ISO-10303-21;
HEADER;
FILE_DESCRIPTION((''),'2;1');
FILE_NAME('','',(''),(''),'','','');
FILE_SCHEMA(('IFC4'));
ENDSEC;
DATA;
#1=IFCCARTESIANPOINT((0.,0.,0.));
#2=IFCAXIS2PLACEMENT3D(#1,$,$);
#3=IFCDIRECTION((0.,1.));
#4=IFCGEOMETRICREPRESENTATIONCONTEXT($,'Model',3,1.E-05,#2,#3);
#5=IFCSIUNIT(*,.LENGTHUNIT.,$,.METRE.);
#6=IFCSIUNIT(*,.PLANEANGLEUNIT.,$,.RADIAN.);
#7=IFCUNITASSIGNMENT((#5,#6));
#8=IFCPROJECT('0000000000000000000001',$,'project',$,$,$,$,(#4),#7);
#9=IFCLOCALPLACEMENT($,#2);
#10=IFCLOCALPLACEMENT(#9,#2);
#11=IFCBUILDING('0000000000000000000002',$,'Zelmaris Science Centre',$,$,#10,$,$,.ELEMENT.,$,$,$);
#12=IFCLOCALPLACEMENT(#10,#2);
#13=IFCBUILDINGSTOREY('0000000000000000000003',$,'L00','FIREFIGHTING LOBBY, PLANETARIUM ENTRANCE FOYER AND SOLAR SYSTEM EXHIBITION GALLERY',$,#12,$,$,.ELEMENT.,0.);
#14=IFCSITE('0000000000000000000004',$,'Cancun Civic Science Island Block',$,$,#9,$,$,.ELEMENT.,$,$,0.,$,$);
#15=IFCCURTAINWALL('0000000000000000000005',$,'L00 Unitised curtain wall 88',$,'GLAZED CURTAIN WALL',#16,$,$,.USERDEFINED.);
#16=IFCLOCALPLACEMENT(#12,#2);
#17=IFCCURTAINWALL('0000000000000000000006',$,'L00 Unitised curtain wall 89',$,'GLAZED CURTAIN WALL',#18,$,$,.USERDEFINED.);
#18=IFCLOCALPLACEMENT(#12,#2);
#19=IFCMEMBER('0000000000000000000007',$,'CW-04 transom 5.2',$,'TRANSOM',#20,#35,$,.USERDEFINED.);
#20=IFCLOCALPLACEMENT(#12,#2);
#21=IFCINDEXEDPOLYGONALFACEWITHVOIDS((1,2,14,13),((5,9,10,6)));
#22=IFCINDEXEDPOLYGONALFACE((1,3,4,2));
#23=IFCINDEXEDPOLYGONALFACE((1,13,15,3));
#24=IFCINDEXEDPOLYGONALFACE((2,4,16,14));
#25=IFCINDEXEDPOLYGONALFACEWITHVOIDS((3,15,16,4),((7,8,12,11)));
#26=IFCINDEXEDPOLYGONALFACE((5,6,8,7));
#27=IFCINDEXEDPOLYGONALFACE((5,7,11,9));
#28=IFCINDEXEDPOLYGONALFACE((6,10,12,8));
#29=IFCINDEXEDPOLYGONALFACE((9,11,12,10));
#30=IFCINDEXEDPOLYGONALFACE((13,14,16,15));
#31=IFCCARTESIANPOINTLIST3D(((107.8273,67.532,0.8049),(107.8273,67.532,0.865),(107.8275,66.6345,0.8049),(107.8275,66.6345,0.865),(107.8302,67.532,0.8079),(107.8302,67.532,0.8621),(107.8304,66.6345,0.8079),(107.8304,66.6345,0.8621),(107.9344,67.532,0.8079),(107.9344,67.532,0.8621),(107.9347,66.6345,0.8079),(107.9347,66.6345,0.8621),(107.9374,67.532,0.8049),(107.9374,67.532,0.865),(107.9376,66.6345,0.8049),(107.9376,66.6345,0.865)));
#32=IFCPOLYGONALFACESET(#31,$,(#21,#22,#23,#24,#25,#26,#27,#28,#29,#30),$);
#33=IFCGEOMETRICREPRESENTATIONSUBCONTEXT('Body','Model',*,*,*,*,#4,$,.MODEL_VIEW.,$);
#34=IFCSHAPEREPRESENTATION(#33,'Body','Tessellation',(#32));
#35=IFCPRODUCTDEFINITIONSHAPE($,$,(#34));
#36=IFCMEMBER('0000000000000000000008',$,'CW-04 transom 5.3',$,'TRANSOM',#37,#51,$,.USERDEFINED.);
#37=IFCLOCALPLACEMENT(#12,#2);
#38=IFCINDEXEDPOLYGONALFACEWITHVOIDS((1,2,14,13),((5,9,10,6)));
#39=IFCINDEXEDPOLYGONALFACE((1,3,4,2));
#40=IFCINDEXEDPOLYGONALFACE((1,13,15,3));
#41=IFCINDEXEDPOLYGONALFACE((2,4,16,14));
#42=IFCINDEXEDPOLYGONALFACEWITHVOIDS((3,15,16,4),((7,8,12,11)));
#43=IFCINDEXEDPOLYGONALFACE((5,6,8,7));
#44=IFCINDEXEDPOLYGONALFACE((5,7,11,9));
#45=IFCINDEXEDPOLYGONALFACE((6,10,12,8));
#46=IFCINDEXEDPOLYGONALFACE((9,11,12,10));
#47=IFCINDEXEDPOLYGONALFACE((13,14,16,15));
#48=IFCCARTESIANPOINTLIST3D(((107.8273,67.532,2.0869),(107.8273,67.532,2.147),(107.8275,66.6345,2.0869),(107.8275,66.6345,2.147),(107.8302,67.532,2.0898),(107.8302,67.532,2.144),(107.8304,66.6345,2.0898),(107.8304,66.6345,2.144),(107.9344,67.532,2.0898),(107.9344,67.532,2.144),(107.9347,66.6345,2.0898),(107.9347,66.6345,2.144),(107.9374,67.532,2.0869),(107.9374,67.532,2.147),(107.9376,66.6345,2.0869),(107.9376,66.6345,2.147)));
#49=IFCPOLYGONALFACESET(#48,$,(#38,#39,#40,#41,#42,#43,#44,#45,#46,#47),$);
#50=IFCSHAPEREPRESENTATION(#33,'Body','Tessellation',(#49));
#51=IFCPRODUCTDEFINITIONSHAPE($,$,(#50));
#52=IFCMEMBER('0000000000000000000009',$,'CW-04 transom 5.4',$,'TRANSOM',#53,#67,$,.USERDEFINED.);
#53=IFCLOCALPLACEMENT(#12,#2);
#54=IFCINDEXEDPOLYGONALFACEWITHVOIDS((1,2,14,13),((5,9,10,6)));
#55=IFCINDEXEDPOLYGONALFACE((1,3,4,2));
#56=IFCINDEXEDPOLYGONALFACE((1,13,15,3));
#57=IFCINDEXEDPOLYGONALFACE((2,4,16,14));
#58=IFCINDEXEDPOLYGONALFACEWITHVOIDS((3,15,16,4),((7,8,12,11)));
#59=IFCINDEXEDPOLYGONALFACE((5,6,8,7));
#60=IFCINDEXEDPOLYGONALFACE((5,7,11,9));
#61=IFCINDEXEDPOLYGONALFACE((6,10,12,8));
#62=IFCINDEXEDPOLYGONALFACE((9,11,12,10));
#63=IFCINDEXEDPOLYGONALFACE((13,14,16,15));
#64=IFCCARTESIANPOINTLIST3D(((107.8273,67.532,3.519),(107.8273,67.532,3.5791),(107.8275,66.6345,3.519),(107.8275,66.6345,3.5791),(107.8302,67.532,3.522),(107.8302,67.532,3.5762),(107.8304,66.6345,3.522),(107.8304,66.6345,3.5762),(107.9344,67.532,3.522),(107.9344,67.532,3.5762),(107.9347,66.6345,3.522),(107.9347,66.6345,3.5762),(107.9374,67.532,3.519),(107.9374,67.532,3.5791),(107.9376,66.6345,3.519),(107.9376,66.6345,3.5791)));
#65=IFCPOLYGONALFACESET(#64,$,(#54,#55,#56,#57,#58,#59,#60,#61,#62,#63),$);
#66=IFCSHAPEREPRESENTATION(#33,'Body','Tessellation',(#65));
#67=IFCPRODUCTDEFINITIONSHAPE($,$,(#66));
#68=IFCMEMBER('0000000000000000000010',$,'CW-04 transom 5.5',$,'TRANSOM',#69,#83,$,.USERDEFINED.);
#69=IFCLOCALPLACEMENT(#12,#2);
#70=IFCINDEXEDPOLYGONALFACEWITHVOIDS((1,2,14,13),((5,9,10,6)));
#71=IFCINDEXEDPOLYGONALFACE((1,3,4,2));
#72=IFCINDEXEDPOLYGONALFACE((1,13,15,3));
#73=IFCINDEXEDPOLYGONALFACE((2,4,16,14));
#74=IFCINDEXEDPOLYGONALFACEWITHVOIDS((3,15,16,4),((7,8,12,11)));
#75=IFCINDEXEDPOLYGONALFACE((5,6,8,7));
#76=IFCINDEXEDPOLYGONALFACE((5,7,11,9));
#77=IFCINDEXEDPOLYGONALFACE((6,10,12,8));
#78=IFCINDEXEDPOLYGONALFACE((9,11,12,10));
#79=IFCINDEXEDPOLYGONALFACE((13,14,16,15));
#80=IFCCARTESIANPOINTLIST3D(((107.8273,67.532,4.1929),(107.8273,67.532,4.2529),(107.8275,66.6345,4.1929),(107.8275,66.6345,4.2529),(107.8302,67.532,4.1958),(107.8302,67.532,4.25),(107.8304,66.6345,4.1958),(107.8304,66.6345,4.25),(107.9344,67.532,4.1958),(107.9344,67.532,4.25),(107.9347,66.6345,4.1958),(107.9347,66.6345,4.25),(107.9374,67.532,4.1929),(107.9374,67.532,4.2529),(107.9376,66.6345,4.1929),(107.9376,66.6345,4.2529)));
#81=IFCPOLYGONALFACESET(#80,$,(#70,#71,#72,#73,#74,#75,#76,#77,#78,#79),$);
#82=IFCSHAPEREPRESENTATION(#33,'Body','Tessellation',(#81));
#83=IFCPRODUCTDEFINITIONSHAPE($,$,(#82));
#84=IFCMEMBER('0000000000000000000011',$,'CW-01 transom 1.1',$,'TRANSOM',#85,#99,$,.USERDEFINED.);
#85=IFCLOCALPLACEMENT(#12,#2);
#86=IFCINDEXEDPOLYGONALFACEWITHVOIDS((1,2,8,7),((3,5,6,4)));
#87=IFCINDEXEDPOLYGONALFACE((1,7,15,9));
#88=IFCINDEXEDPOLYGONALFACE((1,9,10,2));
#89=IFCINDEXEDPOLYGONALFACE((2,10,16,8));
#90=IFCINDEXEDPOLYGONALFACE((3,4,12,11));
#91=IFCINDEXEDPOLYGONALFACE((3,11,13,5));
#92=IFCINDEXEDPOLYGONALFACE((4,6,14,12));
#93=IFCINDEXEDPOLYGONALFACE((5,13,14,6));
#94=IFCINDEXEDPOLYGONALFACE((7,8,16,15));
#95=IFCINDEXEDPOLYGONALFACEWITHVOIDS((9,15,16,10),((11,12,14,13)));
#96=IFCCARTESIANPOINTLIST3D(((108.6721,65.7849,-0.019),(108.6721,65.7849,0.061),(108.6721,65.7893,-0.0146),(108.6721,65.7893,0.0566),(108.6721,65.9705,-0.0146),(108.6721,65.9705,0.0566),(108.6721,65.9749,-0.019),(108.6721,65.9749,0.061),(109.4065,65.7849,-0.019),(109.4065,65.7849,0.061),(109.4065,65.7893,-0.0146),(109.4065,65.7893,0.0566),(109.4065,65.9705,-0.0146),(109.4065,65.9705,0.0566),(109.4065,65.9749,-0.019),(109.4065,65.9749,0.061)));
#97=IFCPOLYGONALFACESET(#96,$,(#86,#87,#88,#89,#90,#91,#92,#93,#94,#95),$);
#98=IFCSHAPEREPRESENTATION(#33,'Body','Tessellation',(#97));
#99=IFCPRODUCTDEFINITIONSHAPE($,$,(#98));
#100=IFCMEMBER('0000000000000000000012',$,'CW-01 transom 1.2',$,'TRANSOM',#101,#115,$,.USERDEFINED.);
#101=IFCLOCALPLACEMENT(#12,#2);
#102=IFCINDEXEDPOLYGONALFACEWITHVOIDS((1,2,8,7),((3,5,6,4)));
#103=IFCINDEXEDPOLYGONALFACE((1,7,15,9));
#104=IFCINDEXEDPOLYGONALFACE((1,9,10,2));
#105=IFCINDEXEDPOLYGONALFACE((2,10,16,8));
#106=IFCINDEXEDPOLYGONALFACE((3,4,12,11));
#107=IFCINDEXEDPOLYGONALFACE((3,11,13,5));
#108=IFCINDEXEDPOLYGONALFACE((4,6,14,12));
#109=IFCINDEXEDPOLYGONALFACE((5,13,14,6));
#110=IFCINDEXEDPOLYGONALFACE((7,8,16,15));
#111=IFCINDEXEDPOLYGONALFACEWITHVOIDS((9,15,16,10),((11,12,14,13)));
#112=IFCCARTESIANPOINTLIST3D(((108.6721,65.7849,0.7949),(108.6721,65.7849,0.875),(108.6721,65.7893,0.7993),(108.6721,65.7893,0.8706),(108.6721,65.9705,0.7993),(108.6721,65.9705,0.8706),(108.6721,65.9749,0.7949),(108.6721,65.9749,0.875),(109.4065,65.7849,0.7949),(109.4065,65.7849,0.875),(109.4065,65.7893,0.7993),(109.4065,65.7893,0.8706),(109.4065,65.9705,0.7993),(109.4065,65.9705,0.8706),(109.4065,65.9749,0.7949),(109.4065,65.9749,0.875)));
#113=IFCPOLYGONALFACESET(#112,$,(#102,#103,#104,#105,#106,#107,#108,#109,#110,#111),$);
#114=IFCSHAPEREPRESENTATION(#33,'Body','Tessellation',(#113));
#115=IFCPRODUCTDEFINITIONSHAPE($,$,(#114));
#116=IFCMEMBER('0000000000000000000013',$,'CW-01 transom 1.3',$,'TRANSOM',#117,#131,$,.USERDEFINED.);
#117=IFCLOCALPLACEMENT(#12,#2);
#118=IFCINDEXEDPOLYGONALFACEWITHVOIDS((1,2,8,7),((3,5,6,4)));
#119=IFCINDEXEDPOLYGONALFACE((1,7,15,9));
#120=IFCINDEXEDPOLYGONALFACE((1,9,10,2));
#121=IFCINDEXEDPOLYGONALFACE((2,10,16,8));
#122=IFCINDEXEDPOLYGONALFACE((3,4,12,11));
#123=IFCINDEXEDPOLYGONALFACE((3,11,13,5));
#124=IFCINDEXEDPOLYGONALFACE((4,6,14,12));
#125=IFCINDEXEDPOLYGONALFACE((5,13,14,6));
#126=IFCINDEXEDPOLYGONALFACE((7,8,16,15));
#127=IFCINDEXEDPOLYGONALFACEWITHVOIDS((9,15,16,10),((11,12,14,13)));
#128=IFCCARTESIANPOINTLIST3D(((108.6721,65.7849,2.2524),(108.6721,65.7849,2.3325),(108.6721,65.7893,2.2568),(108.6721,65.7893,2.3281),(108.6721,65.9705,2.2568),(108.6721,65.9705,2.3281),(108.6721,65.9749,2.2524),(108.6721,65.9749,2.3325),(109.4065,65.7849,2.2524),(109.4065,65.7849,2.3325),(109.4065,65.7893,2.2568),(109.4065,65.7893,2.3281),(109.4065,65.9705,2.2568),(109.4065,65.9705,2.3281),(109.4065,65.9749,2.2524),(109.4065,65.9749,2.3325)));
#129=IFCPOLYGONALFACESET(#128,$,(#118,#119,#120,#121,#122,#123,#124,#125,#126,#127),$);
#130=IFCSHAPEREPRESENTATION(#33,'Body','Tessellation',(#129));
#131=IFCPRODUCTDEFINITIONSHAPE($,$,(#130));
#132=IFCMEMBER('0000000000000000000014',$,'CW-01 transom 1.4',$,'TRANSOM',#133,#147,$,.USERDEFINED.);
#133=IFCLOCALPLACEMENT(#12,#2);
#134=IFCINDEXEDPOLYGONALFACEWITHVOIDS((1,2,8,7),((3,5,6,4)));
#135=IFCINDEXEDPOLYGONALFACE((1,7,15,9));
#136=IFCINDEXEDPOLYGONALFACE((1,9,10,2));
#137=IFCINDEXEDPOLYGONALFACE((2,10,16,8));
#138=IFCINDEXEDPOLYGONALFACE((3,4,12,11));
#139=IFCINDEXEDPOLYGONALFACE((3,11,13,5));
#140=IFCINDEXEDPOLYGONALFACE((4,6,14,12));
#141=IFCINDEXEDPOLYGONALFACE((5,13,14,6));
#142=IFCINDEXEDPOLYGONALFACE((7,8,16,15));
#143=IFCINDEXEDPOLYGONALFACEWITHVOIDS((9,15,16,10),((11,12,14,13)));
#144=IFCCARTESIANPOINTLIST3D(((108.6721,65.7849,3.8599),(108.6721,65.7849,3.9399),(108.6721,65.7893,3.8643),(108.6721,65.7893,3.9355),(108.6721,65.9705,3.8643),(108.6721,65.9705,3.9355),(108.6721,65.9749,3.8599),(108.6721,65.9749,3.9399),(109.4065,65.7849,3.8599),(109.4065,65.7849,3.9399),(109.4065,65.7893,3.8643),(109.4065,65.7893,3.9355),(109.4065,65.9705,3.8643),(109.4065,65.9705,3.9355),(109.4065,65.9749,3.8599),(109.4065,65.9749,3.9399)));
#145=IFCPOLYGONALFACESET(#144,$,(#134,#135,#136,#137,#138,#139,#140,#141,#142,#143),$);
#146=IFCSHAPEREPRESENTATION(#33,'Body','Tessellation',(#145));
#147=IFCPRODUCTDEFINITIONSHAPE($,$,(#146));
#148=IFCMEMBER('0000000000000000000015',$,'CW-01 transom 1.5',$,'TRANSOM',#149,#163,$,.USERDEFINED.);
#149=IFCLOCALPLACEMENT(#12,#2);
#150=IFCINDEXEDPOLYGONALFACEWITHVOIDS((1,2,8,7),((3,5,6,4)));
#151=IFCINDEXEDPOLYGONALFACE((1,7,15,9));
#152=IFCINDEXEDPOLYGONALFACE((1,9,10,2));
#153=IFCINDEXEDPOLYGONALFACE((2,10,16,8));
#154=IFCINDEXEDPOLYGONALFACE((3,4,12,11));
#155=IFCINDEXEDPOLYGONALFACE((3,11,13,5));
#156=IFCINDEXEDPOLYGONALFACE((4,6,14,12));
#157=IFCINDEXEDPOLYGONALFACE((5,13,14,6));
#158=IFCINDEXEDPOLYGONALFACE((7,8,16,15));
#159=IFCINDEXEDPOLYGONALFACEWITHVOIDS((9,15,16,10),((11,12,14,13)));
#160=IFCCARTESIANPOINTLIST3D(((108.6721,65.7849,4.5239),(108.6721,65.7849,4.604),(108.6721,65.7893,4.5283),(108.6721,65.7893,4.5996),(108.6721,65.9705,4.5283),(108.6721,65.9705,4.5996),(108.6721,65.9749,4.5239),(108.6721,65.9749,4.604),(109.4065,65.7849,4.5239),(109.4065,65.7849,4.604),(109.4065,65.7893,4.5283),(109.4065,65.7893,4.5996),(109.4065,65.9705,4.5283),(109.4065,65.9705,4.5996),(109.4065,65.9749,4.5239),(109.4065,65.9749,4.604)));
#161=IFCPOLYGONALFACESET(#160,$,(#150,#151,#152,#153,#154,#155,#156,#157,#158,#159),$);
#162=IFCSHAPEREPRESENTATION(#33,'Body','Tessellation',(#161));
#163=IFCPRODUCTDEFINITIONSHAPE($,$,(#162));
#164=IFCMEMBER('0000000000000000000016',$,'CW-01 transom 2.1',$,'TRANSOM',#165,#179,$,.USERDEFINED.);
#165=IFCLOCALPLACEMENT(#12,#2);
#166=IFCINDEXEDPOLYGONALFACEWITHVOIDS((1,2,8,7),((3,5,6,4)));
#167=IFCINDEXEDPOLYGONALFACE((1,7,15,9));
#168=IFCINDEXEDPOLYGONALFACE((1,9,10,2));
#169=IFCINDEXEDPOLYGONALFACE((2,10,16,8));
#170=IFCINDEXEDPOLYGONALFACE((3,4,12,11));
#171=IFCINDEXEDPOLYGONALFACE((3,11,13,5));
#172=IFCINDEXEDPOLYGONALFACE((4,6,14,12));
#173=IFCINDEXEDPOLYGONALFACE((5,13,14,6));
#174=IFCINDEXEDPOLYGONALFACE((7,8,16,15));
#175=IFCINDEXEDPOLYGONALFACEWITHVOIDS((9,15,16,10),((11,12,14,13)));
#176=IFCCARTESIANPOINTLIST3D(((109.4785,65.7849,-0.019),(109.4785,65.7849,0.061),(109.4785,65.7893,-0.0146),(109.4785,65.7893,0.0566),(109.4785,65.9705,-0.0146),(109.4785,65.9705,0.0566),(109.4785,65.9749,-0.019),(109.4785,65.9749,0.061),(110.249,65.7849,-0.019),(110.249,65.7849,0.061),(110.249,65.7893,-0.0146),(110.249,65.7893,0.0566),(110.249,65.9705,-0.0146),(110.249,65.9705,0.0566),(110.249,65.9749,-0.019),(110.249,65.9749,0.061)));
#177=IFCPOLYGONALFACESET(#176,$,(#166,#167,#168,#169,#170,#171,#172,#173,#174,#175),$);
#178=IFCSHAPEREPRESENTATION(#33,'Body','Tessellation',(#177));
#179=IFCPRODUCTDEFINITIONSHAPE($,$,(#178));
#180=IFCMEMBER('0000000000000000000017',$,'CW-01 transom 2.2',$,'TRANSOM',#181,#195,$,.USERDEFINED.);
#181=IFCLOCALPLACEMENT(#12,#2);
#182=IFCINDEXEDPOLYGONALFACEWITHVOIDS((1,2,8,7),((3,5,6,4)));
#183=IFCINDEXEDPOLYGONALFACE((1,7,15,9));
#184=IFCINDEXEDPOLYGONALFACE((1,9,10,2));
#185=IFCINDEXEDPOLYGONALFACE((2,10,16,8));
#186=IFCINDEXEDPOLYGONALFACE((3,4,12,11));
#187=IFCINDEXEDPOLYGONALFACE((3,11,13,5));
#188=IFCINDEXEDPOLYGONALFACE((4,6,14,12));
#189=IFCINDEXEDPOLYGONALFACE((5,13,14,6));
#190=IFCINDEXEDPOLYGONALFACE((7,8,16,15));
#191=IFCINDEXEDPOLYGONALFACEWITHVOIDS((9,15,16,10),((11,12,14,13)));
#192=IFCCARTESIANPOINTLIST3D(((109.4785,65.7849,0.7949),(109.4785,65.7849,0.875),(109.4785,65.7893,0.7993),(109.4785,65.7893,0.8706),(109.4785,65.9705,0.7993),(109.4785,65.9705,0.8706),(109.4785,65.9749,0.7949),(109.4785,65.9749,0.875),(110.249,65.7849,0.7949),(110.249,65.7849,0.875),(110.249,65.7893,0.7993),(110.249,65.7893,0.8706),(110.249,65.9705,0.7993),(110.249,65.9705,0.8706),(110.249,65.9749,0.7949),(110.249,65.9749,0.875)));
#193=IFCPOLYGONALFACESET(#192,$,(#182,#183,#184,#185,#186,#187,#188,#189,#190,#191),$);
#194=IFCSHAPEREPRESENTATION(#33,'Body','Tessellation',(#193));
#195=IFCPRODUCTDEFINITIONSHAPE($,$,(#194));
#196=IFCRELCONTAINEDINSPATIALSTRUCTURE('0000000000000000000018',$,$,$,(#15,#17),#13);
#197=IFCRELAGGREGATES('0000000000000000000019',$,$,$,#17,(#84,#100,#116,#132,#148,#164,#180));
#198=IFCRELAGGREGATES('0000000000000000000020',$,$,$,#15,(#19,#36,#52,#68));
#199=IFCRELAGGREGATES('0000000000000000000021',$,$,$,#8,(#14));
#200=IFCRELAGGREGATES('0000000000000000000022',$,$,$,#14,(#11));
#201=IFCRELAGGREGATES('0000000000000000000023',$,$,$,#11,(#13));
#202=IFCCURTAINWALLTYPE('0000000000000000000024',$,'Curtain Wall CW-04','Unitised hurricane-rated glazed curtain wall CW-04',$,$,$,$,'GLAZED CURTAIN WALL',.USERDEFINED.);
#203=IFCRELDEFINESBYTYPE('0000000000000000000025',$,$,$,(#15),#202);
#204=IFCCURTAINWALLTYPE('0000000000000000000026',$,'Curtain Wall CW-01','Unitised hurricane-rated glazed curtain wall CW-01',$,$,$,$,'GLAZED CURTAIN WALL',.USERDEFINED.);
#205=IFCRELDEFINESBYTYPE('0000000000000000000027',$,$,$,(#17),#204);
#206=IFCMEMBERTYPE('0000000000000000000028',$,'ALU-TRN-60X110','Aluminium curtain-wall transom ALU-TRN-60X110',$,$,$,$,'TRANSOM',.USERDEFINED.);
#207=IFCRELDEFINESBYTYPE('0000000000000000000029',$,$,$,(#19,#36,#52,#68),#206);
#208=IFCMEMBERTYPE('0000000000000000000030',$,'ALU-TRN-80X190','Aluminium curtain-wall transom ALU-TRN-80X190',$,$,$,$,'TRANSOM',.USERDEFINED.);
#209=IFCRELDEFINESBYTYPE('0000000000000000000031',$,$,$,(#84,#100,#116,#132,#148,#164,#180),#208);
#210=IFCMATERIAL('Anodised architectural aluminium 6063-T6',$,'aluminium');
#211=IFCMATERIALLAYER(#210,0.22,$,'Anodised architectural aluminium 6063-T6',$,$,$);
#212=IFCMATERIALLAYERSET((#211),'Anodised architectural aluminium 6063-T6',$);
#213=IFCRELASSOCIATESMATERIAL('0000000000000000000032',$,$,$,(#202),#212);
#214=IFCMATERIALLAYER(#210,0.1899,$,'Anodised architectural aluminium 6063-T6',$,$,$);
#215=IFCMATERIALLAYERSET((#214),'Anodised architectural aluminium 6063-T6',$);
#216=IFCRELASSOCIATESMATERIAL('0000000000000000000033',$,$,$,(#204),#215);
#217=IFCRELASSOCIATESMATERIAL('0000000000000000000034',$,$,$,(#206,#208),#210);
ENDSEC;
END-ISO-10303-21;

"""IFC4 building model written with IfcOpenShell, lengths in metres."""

from ifc_helpers import new_model, si_unit, direction, frame, origin, origin_2d, place, context, subcontext, project, spatial, hollow_rectangle, extrude, material, layer, layer_set, material_profile, profile_set, type_object, element, aggregate, save


model = new_model("IFC4")

# Units and contexts
model_context = context("Model", 3, precision=1e-05, world=origin(), true_north=direction((0.0, 1.0)))
body_context = subcontext(model_context, "Body", "Model", "MODEL_VIEW")
ifc_project = project(units=[si_unit("LENGTHUNIT", "METRE"), si_unit("PLANEANGLEUNIT", "RADIAN")], contexts=[model_context])

# Site, building, storey
site_placement = place(None, origin())
site = spatial("IfcSite", under=ifc_project, at=site_placement, Name="Cancun Civic Science Island Block", CompositionType="ELEMENT", RefElevation=0.0)
building_placement = place(site_placement, origin())
building = spatial("IfcBuilding", under=site, at=building_placement, Name="Zelmaris Science Centre", CompositionType="ELEMENT")
storey_placement = place(building_placement, origin())
storey = spatial("IfcBuildingStorey", under=building, at=storey_placement, Name="L00", Description="FIREFIGHTING LOBBY, PLANETARIUM ENTRANCE FOYER AND SOLAR SYSTEM EXHIBITION GALLERY", CompositionType="ELEMENT", Elevation=0.0)

# Curtain walls
ifc_material_1 = material(Name="Anodised architectural aluminium 6063-T6", Category="aluminium")
ifc_layer_1 = layer(ifc_material_1, 0.22, Name="Anodised architectural aluminium 6063-T6")
ifc_layer_set_1 = layer_set([ifc_layer_1], Name="Anodised architectural aluminium 6063-T6")
curtain_wall_type_1 = type_object("IfcCurtainWallType", Name="Curtain Wall CW-04", Description="Unitised hurricane-rated glazed curtain wall CW-04", ElementType="GLAZED CURTAIN WALL", PredefinedType="USERDEFINED", material=ifc_layer_set_1)
curtain_wall_1_placement = place(storey_placement, origin())
curtain_wall_1 = element("IfcCurtainWall", 1, at=curtain_wall_1_placement, inside=storey, type_object=curtain_wall_type_1, Name="L00 Unitised curtain wall 88", ObjectType="GLAZED CURTAIN WALL", PredefinedType="USERDEFINED")
ifc_layer_2 = layer(ifc_material_1, 0.1899, Name="Anodised architectural aluminium 6063-T6")
ifc_layer_set_2 = layer_set([ifc_layer_2], Name="Anodised architectural aluminium 6063-T6")
curtain_wall_type_2 = type_object("IfcCurtainWallType", Name="Curtain Wall CW-01", Description="Unitised hurricane-rated glazed curtain wall CW-01", ElementType="GLAZED CURTAIN WALL", PredefinedType="USERDEFINED", material=ifc_layer_set_2)
curtain_wall_2_placement = place(storey_placement, origin())
curtain_wall_2 = element("IfcCurtainWall", 2, at=curtain_wall_2_placement, inside=storey, type_object=curtain_wall_type_2, Name="L00 Unitised curtain wall 89", ObjectType="GLAZED CURTAIN WALL", PredefinedType="USERDEFINED")

# Members
ifc_material_profile_1 = material_profile(ifc_material_1, hollow_rectangle(XDim=0.0601, YDim=0.1101, WallThickness=0.0029, at=origin_2d()), Name="ALU-TRN-60X110")
ifc_profile_set_1 = profile_set([ifc_material_profile_1], Name="Anodised architectural aluminium 6063-T6")
member_type_1 = type_object("IfcMemberType", Name="ALU-TRN-60X110", Description="Aluminium curtain-wall transom ALU-TRN-60X110", ElementType="TRANSOM", PredefinedType="USERDEFINED", material=ifc_profile_set_1)
member_1_placement = place(storey_placement, frame((107.8823, 67.532, 0.835), z_axis=(0.000272, -1.0, 0.0), x_axis=(0.0, 0.0, 1.0)))
member_1 = element("IfcMember", 3, at=member_1_placement, type_object=member_type_1, Name="CW-04 transom 5.2", ObjectType="TRANSOM", PredefinedType="USERDEFINED", context=body_context, shape_type="SweptSolid", body=[
    extrude(hollow_rectangle(XDim=0.0601, YDim=0.1101, WallThickness=0.0029, at=origin_2d()), origin(), (0.0, 0.0, 1.0), 0.8975),
])
member_2_placement = place(storey_placement, frame((107.8823, 67.532, 2.1169), z_axis=(0.000272, -1.0, 0.0), x_axis=(0.0, 0.0, 1.0)))
member_2 = element("IfcMember", 4, at=member_2_placement, type_object=member_type_1, Name="CW-04 transom 5.3", ObjectType="TRANSOM", PredefinedType="USERDEFINED", context=body_context, shape_type="SweptSolid", body=[
    extrude(hollow_rectangle(XDim=0.0601, YDim=0.1101, WallThickness=0.0029, at=origin_2d()), origin(), (0.0, 0.0, 1.0), 0.8975),
])
member_3_placement = place(storey_placement, frame((107.8823, 67.532, 3.5491), z_axis=(0.000272, -1.0, 0.0), x_axis=(0.0, 0.0, 1.0)))
member_3 = element("IfcMember", 5, at=member_3_placement, type_object=member_type_1, Name="CW-04 transom 5.4", ObjectType="TRANSOM", PredefinedType="USERDEFINED", context=body_context, shape_type="SweptSolid", body=[
    extrude(hollow_rectangle(XDim=0.0601, YDim=0.1101, WallThickness=0.0029, at=origin_2d()), origin(), (0.0, 0.0, 1.0), 0.8975),
])
member_4_placement = place(storey_placement, frame((107.8823, 67.532, 4.2229), z_axis=(0.000272, -1.0, 0.0), x_axis=(0.0, 0.0, 1.0)))
member_4 = element("IfcMember", 6, at=member_4_placement, type_object=member_type_1, Name="CW-04 transom 5.5", ObjectType="TRANSOM", PredefinedType="USERDEFINED", context=body_context, shape_type="SweptSolid", body=[
    extrude(hollow_rectangle(XDim=0.0601, YDim=0.1101, WallThickness=0.0029, at=origin_2d()), origin(), (0.0, 0.0, 1.0), 0.8975),
])
ifc_material_profile_2 = material_profile(ifc_material_1, hollow_rectangle(XDim=0.0801, YDim=0.1899, WallThickness=0.0044, at=origin_2d()), Name="ALU-TRN-80X190")
ifc_profile_set_2 = profile_set([ifc_material_profile_2], Name="Anodised architectural aluminium 6063-T6")
member_type_2 = type_object("IfcMemberType", Name="ALU-TRN-80X190", Description="Aluminium curtain-wall transom ALU-TRN-80X190", ElementType="TRANSOM", PredefinedType="USERDEFINED", material=ifc_profile_set_2)
member_5_placement = place(storey_placement, frame((108.6721, 65.8799, 0.021), z_axis=(1.0, 0.0, 0.0), x_axis=(0.0, 0.0, 1.0)))
member_5 = element("IfcMember", 7, at=member_5_placement, type_object=member_type_2, Name="CW-01 transom 1.1", ObjectType="TRANSOM", PredefinedType="USERDEFINED", context=body_context, shape_type="SweptSolid", body=[
    extrude(hollow_rectangle(XDim=0.0801, YDim=0.1899, WallThickness=0.0044, at=origin_2d()), origin(), (0.0, 0.0, 1.0), 0.7344),
])
member_6_placement = place(storey_placement, frame((108.6721, 65.8799, 0.835), z_axis=(1.0, 0.0, 0.0), x_axis=(0.0, 0.0, 1.0)))
member_6 = element("IfcMember", 8, at=member_6_placement, type_object=member_type_2, Name="CW-01 transom 1.2", ObjectType="TRANSOM", PredefinedType="USERDEFINED", context=body_context, shape_type="SweptSolid", body=[
    extrude(hollow_rectangle(XDim=0.0801, YDim=0.1899, WallThickness=0.0044, at=origin_2d()), origin(), (0.0, 0.0, 1.0), 0.7344),
])
member_7_placement = place(storey_placement, frame((108.6721, 65.8799, 2.2925), z_axis=(1.0, 0.0, 0.0), x_axis=(0.0, 0.0, 1.0)))
member_7 = element("IfcMember", 9, at=member_7_placement, type_object=member_type_2, Name="CW-01 transom 1.3", ObjectType="TRANSOM", PredefinedType="USERDEFINED", context=body_context, shape_type="SweptSolid", body=[
    extrude(hollow_rectangle(XDim=0.0801, YDim=0.1899, WallThickness=0.0044, at=origin_2d()), origin(), (0.0, 0.0, 1.0), 0.7344),
])
member_8_placement = place(storey_placement, frame((108.6721, 65.8799, 3.8999), z_axis=(1.0, 0.0, 0.0), x_axis=(0.0, 0.0, 1.0)))
member_8 = element("IfcMember", 10, at=member_8_placement, type_object=member_type_2, Name="CW-01 transom 1.4", ObjectType="TRANSOM", PredefinedType="USERDEFINED", context=body_context, shape_type="SweptSolid", body=[
    extrude(hollow_rectangle(XDim=0.0801, YDim=0.1899, WallThickness=0.0044, at=origin_2d()), origin(), (0.0, 0.0, 1.0), 0.7344),
])
member_9_placement = place(storey_placement, frame((108.6721, 65.8799, 4.564), z_axis=(1.0, 0.0, 0.0), x_axis=(0.0, 0.0, 1.0)))
member_9 = element("IfcMember", 11, at=member_9_placement, type_object=member_type_2, Name="CW-01 transom 1.5", ObjectType="TRANSOM", PredefinedType="USERDEFINED", context=body_context, shape_type="SweptSolid", body=[
    extrude(hollow_rectangle(XDim=0.0801, YDim=0.1899, WallThickness=0.0044, at=origin_2d()), origin(), (0.0, 0.0, 1.0), 0.7344),
])
member_10_placement = place(storey_placement, frame((109.4785, 65.8799, 0.021), z_axis=(1.0, 0.0, 0.0), x_axis=(0.0, 0.0, 1.0)))
member_10 = element("IfcMember", 12, at=member_10_placement, type_object=member_type_2, Name="CW-01 transom 2.1", ObjectType="TRANSOM", PredefinedType="USERDEFINED", context=body_context, shape_type="SweptSolid", body=[
    extrude(hollow_rectangle(XDim=0.0801, YDim=0.1899, WallThickness=0.0044, at=origin_2d()), origin(), (0.0, 0.0, 1.0), 0.7705),
])
member_11_placement = place(storey_placement, frame((109.4785, 65.8799, 0.835), z_axis=(1.0, 0.0, 0.0), x_axis=(0.0, 0.0, 1.0)))
member_11 = element("IfcMember", 13, at=member_11_placement, type_object=member_type_2, Name="CW-01 transom 2.2", ObjectType="TRANSOM", PredefinedType="USERDEFINED", context=body_context, shape_type="SweptSolid", body=[
    extrude(hollow_rectangle(XDim=0.0801, YDim=0.1899, WallThickness=0.0044, at=origin_2d()), origin(), (0.0, 0.0, 1.0), 0.7705),
])

aggregate(curtain_wall_2, [member_5, member_6, member_7, member_8, member_9, member_10, member_11])
aggregate(curtain_wall_1, [member_1, member_2, member_3, member_4])

save(model, "model.ifc")
